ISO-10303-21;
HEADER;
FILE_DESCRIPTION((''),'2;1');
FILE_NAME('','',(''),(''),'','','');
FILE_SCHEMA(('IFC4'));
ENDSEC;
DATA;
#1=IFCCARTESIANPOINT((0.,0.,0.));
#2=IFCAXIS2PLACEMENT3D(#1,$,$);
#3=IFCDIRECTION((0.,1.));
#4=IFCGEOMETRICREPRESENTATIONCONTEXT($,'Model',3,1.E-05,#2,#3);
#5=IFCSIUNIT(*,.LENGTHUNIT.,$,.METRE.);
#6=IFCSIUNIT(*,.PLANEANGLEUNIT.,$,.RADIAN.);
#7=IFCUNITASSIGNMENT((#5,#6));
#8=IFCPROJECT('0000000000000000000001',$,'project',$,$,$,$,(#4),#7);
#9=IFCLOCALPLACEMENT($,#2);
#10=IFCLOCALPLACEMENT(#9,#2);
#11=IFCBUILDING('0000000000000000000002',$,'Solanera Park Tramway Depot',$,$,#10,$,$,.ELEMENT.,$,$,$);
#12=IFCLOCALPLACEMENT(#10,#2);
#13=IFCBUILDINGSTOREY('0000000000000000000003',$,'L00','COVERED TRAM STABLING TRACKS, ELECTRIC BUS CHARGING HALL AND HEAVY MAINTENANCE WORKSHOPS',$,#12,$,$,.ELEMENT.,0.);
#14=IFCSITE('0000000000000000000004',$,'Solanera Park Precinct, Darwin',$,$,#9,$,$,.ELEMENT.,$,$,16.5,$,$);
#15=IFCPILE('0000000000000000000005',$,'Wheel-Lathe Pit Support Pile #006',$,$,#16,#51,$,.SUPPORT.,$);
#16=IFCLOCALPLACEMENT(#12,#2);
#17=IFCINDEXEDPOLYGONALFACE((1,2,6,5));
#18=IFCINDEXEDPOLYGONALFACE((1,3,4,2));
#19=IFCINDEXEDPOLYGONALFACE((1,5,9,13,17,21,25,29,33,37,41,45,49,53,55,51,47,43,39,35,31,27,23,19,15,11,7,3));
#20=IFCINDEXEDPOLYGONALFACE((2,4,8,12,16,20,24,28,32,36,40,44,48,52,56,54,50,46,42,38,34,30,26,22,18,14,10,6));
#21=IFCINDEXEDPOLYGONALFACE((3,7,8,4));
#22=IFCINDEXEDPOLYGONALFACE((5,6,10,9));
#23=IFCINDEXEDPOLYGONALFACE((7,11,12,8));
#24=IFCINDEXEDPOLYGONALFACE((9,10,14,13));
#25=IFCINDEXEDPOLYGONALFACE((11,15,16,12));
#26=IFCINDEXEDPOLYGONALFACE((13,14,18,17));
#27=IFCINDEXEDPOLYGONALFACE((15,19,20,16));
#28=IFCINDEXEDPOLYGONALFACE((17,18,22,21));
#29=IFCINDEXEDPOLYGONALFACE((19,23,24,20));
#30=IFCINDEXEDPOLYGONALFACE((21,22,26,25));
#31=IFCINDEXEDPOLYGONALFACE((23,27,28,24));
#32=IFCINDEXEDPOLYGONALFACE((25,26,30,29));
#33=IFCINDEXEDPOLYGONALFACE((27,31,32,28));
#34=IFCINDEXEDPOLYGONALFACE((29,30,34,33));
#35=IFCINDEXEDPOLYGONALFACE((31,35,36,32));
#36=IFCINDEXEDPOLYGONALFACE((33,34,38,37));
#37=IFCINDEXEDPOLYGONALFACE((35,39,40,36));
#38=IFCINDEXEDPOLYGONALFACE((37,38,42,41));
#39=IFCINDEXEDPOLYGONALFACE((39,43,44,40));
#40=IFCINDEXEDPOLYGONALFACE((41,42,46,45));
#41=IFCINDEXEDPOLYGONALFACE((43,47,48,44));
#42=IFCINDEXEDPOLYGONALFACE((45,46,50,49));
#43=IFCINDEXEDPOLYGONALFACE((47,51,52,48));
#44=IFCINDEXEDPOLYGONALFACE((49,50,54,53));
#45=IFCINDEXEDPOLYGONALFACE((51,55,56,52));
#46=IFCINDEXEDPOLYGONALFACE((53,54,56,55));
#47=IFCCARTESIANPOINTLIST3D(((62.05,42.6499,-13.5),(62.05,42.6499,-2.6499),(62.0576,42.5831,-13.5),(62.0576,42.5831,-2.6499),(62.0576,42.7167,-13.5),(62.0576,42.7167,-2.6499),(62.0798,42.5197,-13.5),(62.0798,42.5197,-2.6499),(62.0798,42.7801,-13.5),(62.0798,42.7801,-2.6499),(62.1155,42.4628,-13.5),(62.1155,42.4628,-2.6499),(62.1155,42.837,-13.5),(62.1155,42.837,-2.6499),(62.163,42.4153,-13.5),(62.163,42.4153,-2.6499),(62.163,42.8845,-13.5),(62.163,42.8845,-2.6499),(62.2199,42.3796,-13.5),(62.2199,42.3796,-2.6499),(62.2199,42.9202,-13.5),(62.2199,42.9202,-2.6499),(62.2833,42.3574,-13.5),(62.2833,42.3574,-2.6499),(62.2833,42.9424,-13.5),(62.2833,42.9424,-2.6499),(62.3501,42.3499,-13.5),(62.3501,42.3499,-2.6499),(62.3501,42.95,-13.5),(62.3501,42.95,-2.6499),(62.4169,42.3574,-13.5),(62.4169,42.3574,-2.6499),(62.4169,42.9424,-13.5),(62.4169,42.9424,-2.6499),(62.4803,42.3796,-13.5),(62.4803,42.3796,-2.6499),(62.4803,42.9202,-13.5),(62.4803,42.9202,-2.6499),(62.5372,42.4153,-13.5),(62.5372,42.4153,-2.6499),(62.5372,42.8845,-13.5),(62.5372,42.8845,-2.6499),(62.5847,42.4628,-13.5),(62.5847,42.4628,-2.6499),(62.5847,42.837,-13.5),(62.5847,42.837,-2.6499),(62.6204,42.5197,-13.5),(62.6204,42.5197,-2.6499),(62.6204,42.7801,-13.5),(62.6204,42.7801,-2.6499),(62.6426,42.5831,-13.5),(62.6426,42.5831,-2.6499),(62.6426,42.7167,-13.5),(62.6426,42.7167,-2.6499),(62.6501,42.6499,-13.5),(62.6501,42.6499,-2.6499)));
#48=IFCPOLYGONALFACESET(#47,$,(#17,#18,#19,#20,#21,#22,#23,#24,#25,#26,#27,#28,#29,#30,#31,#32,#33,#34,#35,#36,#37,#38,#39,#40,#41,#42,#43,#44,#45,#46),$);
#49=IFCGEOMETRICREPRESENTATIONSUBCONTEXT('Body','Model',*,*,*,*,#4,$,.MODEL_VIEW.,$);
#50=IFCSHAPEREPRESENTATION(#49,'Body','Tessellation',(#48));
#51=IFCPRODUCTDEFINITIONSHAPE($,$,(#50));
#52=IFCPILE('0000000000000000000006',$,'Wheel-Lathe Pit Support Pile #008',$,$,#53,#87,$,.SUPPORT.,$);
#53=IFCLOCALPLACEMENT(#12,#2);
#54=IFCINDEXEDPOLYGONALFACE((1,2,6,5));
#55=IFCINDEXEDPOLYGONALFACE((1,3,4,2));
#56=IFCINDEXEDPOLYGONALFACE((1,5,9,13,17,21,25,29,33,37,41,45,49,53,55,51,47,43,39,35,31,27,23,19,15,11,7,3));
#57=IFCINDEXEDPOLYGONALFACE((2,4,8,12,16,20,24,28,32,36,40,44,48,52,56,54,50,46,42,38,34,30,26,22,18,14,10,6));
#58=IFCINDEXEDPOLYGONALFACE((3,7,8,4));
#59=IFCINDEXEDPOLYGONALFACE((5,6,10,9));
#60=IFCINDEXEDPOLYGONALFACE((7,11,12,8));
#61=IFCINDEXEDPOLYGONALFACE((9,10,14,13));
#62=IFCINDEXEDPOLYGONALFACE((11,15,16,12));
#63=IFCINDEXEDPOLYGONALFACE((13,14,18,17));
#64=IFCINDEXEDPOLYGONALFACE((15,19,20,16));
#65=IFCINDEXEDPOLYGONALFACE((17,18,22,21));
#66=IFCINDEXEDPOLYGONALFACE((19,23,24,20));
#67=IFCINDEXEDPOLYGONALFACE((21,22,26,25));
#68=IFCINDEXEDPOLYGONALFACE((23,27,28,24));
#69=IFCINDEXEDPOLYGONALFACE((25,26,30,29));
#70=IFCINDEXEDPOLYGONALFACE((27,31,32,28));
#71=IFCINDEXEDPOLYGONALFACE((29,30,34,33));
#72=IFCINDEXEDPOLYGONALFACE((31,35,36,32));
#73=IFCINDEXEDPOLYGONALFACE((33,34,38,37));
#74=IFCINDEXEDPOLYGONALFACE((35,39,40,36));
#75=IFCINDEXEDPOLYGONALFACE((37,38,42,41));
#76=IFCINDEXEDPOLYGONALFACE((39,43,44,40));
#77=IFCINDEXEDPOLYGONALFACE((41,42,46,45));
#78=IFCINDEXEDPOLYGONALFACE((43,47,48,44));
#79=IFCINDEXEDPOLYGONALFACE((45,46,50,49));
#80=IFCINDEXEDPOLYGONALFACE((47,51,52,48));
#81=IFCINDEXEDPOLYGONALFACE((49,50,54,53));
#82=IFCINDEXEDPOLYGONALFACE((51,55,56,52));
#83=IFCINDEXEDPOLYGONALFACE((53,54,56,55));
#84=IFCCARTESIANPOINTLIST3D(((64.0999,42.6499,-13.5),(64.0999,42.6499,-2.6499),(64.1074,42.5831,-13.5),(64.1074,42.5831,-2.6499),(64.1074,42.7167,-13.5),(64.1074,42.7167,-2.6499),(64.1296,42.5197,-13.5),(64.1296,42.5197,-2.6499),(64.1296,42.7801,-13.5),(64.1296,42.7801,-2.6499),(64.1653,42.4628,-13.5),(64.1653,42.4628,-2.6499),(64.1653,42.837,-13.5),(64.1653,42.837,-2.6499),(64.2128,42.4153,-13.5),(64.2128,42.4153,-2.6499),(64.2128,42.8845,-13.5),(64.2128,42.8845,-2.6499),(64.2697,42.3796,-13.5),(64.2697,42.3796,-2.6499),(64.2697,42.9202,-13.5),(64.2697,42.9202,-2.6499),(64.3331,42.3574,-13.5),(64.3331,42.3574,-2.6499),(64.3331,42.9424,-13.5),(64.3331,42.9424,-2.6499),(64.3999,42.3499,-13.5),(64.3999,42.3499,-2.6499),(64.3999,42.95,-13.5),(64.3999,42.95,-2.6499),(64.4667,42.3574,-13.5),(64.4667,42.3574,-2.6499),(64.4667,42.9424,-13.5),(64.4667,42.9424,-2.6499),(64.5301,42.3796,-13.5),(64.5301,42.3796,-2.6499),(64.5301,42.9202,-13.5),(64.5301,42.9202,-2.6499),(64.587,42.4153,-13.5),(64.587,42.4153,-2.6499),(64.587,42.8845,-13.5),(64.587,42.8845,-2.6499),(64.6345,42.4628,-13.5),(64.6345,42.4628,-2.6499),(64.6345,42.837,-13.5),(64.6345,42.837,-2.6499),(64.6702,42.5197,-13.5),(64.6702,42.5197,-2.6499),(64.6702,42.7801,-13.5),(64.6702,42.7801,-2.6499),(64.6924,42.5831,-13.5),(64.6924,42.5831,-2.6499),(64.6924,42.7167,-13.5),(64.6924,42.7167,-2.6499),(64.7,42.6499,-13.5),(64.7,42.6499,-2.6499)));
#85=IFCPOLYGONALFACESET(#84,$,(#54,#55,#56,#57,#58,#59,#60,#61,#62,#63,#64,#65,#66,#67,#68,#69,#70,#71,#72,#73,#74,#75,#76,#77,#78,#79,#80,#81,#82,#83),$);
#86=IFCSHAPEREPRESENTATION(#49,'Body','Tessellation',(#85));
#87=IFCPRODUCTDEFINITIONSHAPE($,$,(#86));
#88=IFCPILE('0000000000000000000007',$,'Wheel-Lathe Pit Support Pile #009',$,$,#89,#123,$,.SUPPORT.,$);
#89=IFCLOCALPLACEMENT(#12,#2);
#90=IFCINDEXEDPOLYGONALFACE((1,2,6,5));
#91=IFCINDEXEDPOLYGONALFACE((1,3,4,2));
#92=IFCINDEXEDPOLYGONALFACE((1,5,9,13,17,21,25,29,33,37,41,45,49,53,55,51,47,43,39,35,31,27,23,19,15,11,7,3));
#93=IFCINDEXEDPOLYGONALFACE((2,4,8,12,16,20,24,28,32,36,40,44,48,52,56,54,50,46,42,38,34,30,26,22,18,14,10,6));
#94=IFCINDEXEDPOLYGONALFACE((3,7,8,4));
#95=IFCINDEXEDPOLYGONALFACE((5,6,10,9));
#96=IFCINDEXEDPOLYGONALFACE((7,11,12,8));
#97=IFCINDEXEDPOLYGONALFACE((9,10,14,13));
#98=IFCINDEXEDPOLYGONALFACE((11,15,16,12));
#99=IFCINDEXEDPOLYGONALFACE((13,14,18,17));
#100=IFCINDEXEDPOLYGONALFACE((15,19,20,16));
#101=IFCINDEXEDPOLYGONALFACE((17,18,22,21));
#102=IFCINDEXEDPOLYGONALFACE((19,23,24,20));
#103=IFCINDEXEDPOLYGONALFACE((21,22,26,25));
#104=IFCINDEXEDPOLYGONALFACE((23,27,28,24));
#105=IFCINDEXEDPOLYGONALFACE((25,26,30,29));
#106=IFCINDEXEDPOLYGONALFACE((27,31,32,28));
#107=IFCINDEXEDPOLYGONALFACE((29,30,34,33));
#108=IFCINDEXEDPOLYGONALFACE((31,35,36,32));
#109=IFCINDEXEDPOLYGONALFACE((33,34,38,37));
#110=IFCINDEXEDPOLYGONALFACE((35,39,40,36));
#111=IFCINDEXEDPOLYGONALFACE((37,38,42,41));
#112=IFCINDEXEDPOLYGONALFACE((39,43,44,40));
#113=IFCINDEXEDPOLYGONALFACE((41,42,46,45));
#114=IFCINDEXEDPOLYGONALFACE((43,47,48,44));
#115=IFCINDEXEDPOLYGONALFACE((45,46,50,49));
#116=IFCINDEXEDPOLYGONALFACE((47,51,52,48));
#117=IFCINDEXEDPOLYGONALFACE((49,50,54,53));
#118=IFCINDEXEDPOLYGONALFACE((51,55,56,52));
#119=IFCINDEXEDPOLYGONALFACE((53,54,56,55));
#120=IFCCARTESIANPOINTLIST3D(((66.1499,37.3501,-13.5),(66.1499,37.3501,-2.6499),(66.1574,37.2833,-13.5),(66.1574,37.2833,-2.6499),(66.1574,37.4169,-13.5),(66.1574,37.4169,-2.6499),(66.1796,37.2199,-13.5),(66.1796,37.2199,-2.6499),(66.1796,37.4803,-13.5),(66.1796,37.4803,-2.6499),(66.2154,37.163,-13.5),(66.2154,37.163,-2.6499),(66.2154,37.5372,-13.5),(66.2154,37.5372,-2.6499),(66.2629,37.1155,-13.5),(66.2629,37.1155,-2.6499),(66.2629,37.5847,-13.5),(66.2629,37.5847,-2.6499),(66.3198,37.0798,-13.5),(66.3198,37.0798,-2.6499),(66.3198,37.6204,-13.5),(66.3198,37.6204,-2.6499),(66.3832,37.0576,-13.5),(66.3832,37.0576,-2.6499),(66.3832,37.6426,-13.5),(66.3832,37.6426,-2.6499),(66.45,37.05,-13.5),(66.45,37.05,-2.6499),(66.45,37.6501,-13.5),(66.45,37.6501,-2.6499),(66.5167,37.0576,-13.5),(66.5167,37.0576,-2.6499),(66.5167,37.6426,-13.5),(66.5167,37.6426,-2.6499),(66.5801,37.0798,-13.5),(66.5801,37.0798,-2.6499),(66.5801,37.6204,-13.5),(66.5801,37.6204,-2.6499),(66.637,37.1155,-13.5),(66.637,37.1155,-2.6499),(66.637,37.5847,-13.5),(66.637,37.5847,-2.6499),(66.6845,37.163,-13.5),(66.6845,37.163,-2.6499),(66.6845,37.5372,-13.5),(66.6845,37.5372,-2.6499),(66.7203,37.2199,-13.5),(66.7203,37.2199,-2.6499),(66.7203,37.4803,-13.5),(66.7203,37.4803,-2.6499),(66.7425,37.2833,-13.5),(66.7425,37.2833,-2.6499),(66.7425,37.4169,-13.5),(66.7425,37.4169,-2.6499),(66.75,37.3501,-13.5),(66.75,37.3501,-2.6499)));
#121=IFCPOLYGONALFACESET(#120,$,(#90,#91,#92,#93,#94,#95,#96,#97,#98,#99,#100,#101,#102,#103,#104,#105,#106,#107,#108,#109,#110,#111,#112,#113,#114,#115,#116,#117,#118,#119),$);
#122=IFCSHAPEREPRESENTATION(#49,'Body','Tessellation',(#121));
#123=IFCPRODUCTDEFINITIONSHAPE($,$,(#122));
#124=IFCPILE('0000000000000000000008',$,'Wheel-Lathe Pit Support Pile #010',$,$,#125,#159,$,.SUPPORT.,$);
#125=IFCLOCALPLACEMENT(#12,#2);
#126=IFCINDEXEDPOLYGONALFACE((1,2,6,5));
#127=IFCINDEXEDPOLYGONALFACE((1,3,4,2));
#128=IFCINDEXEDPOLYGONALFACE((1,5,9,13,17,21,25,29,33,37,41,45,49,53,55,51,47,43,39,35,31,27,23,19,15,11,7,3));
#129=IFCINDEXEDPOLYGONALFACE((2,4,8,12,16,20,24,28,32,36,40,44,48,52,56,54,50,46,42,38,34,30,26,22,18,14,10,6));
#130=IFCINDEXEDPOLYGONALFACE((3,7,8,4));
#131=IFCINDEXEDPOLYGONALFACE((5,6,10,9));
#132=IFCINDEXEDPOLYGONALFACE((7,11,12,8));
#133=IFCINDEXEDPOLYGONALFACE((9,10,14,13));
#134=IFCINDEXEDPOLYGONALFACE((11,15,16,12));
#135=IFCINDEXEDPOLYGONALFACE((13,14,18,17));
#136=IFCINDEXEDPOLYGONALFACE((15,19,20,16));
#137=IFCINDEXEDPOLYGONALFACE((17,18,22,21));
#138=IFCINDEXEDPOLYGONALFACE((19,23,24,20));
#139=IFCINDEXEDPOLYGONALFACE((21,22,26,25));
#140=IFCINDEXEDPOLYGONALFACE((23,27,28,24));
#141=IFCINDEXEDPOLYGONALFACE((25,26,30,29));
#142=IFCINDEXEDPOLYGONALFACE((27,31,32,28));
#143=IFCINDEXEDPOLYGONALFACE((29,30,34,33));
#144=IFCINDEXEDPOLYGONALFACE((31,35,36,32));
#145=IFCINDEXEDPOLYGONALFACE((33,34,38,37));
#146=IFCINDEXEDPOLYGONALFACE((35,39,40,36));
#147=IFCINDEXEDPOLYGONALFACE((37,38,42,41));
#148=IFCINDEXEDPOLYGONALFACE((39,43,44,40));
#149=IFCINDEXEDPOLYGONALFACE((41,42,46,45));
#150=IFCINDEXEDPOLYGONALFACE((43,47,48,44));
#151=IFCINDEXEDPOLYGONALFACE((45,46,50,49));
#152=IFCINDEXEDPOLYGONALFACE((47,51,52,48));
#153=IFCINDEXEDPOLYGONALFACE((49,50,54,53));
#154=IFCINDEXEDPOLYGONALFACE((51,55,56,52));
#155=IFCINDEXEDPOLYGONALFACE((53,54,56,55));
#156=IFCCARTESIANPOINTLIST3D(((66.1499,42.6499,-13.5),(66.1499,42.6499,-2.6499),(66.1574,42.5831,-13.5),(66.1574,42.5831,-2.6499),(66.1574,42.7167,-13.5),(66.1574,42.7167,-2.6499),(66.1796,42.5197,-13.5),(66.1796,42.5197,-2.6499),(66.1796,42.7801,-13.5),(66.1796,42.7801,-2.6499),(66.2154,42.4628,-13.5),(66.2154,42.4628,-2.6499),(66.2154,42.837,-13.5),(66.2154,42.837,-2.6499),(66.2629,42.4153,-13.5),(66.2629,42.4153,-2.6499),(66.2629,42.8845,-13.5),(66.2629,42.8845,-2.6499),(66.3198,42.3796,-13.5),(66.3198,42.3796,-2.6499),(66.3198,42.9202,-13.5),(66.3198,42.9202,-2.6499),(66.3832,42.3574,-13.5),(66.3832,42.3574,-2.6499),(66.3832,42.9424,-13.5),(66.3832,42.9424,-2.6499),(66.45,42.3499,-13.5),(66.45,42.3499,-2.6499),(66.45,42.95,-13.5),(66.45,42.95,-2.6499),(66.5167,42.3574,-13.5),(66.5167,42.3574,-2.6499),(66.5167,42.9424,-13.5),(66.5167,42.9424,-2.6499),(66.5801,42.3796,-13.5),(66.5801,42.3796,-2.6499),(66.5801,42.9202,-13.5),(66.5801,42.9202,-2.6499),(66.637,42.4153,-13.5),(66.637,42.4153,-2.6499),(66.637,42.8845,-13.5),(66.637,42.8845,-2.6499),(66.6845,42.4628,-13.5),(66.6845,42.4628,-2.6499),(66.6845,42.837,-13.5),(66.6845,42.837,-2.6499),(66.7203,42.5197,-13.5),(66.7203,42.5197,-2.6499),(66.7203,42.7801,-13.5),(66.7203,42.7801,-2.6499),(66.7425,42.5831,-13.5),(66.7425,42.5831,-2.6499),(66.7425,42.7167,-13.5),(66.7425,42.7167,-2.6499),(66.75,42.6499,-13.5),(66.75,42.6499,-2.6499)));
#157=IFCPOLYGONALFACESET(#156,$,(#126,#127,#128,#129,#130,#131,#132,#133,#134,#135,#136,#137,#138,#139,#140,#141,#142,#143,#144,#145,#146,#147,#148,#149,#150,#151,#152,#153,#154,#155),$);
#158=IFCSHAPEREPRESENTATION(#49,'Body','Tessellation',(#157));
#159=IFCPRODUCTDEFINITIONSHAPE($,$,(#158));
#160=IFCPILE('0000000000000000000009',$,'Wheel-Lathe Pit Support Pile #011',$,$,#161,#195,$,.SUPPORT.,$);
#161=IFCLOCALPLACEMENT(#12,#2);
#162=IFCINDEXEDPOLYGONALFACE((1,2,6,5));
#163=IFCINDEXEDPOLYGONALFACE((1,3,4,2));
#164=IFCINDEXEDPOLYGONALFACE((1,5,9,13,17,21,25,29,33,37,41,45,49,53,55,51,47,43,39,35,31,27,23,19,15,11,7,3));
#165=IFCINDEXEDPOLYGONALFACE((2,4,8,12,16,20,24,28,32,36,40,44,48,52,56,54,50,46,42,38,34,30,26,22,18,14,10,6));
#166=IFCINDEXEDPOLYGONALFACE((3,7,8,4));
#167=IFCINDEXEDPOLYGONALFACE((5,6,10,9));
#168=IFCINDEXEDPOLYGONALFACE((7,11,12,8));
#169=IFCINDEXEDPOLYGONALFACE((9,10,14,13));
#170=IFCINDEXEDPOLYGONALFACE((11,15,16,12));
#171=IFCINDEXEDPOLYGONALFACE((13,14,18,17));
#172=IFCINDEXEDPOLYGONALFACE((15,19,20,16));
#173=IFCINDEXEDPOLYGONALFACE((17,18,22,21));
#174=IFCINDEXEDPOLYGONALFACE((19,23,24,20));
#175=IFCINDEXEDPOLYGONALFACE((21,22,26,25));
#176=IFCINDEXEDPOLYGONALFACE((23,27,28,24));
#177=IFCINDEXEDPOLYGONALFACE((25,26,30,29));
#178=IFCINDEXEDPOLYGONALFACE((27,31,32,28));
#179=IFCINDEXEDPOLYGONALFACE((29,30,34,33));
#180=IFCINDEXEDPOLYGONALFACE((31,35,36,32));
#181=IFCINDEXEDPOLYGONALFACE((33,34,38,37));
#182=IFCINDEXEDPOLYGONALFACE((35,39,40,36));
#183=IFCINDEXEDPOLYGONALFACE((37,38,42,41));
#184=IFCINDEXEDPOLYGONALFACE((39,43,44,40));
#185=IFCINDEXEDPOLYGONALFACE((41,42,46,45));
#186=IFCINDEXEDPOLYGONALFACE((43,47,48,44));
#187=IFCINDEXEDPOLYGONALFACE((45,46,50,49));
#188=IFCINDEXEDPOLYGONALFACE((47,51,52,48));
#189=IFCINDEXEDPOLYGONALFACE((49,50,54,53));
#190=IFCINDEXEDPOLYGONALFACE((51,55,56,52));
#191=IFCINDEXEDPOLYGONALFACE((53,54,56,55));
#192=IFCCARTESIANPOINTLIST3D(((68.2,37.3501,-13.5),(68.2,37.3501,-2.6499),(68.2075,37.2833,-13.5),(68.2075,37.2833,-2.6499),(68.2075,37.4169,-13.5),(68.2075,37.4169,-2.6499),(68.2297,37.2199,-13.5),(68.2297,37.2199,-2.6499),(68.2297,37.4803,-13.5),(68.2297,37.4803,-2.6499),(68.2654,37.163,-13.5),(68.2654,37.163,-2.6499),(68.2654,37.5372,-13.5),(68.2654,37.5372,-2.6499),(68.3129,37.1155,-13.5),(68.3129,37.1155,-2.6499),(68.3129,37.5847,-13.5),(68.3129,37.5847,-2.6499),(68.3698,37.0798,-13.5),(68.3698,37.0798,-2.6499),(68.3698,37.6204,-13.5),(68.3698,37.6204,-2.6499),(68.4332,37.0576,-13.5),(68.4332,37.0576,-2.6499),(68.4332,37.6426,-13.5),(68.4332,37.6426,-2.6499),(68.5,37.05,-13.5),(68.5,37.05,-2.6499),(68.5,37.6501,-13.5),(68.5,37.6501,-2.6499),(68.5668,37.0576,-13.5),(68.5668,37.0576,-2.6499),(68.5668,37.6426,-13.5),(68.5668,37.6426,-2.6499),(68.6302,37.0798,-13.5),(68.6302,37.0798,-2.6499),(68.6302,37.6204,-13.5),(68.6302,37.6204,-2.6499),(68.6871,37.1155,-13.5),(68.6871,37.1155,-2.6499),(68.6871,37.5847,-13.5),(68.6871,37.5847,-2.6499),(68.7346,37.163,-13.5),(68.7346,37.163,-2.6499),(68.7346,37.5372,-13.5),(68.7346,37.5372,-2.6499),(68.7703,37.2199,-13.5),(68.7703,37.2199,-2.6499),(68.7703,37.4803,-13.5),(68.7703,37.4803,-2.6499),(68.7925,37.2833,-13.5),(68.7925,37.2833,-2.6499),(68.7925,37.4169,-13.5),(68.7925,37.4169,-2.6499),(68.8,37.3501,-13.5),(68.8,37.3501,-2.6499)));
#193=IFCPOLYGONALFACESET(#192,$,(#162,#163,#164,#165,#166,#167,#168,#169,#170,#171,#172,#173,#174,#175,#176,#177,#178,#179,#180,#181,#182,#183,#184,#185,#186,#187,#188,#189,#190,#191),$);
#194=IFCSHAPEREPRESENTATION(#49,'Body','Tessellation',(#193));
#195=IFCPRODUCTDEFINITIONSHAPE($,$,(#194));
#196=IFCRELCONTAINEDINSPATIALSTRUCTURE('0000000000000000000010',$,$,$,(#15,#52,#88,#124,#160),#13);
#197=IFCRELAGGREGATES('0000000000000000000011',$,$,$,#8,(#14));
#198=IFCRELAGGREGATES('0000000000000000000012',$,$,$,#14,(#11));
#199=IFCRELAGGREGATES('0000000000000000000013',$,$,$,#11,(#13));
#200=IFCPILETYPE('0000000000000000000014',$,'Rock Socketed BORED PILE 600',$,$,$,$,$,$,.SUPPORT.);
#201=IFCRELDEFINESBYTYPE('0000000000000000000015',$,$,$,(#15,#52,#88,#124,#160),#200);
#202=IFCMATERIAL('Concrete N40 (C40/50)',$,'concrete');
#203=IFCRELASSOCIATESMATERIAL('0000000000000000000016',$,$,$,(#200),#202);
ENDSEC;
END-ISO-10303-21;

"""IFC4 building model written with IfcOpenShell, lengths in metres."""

from ifc_helpers import new_model, si_unit, direction, frame, origin, origin_2d, place, context, subcontext, project, spatial, circle, extrude, material, material_profile, profile_set, type_object, element, save


model = new_model("IFC4")

# Units and contexts
model_context = context("Model", 3, precision=1e-05, world=origin(), true_north=direction((0.0, 1.0)))
body_context = subcontext(model_context, "Body", "Model", "MODEL_VIEW")
ifc_project = project(units=[si_unit("LENGTHUNIT", "METRE"), si_unit("PLANEANGLEUNIT", "RADIAN")], contexts=[model_context])

# Site, building, storey
site_placement = place(None, origin())
site = spatial("IfcSite", under=ifc_project, at=site_placement, Name="Solanera Park Precinct, Darwin", CompositionType="ELEMENT", RefElevation=16.5)
building_placement = place(site_placement, origin())
building = spatial("IfcBuilding", under=site, at=building_placement, Name="Solanera Park Tramway Depot", CompositionType="ELEMENT")
storey_placement = place(building_placement, origin())
storey = spatial("IfcBuildingStorey", under=building, at=storey_placement, Name="L00", Description="COVERED TRAM STABLING TRACKS, ELECTRIC BUS CHARGING HALL AND HEAVY MAINTENANCE WORKSHOPS", CompositionType="ELEMENT", Elevation=0.0)

# Piles
ifc_material_1 = material(Name="Concrete N40 (C40/50)", Category="concrete")
ifc_material_profile_1 = material_profile(ifc_material_1, circle(Radius=0.3, at=origin_2d()), Name="BORED PILE 600")
ifc_profile_set_1 = profile_set([ifc_material_profile_1], Name="Concrete N40 (C40/50)")
pile_type_1 = type_object("IfcPileType", Name="Rock Socketed BORED PILE 600", PredefinedType="SUPPORT", material=ifc_profile_set_1)
for number, where, z_axis, x_axis, name in (
    (1, (62.3501, 42.6499, -2.6499), (0.0, 0.0, -1.0), (1.0, 0.0, 0.0), "Wheel-Lathe Pit Support Pile #006"),
    (2, (64.3999, 42.6499, -2.6499), (0.0, 0.0, -1.0), (1.0, 0.0, 0.0), "Wheel-Lathe Pit Support Pile #008"),
    (3, (66.45, 37.3501, -2.6499), (0.0, 0.0, -1.0), (1.0, 0.0, 0.0), "Wheel-Lathe Pit Support Pile #009"),
    (4, (66.45, 42.6499, -2.6499), (0.0, 0.0, -1.0), (1.0, 0.0, 0.0), "Wheel-Lathe Pit Support Pile #010"),
    (5, (68.5, 37.3501, -2.6499), (0.0, 0.0, -1.0), (1.0, 0.0, 0.0), "Wheel-Lathe Pit Support Pile #011"),
):
    element("IfcPile", number, at=place(storey_placement, frame(where, z_axis=z_axis, x_axis=x_axis)), inside=storey, type_object=pile_type_1, Name=name, PredefinedType="SUPPORT", context=body_context, shape_type="SweptSolid", body=[
        extrude(circle(Radius=0.3, at=origin_2d()), origin(), (0.0, 0.0, 1.0), 10.8501),
    ])

save(model, "model.ifc")
